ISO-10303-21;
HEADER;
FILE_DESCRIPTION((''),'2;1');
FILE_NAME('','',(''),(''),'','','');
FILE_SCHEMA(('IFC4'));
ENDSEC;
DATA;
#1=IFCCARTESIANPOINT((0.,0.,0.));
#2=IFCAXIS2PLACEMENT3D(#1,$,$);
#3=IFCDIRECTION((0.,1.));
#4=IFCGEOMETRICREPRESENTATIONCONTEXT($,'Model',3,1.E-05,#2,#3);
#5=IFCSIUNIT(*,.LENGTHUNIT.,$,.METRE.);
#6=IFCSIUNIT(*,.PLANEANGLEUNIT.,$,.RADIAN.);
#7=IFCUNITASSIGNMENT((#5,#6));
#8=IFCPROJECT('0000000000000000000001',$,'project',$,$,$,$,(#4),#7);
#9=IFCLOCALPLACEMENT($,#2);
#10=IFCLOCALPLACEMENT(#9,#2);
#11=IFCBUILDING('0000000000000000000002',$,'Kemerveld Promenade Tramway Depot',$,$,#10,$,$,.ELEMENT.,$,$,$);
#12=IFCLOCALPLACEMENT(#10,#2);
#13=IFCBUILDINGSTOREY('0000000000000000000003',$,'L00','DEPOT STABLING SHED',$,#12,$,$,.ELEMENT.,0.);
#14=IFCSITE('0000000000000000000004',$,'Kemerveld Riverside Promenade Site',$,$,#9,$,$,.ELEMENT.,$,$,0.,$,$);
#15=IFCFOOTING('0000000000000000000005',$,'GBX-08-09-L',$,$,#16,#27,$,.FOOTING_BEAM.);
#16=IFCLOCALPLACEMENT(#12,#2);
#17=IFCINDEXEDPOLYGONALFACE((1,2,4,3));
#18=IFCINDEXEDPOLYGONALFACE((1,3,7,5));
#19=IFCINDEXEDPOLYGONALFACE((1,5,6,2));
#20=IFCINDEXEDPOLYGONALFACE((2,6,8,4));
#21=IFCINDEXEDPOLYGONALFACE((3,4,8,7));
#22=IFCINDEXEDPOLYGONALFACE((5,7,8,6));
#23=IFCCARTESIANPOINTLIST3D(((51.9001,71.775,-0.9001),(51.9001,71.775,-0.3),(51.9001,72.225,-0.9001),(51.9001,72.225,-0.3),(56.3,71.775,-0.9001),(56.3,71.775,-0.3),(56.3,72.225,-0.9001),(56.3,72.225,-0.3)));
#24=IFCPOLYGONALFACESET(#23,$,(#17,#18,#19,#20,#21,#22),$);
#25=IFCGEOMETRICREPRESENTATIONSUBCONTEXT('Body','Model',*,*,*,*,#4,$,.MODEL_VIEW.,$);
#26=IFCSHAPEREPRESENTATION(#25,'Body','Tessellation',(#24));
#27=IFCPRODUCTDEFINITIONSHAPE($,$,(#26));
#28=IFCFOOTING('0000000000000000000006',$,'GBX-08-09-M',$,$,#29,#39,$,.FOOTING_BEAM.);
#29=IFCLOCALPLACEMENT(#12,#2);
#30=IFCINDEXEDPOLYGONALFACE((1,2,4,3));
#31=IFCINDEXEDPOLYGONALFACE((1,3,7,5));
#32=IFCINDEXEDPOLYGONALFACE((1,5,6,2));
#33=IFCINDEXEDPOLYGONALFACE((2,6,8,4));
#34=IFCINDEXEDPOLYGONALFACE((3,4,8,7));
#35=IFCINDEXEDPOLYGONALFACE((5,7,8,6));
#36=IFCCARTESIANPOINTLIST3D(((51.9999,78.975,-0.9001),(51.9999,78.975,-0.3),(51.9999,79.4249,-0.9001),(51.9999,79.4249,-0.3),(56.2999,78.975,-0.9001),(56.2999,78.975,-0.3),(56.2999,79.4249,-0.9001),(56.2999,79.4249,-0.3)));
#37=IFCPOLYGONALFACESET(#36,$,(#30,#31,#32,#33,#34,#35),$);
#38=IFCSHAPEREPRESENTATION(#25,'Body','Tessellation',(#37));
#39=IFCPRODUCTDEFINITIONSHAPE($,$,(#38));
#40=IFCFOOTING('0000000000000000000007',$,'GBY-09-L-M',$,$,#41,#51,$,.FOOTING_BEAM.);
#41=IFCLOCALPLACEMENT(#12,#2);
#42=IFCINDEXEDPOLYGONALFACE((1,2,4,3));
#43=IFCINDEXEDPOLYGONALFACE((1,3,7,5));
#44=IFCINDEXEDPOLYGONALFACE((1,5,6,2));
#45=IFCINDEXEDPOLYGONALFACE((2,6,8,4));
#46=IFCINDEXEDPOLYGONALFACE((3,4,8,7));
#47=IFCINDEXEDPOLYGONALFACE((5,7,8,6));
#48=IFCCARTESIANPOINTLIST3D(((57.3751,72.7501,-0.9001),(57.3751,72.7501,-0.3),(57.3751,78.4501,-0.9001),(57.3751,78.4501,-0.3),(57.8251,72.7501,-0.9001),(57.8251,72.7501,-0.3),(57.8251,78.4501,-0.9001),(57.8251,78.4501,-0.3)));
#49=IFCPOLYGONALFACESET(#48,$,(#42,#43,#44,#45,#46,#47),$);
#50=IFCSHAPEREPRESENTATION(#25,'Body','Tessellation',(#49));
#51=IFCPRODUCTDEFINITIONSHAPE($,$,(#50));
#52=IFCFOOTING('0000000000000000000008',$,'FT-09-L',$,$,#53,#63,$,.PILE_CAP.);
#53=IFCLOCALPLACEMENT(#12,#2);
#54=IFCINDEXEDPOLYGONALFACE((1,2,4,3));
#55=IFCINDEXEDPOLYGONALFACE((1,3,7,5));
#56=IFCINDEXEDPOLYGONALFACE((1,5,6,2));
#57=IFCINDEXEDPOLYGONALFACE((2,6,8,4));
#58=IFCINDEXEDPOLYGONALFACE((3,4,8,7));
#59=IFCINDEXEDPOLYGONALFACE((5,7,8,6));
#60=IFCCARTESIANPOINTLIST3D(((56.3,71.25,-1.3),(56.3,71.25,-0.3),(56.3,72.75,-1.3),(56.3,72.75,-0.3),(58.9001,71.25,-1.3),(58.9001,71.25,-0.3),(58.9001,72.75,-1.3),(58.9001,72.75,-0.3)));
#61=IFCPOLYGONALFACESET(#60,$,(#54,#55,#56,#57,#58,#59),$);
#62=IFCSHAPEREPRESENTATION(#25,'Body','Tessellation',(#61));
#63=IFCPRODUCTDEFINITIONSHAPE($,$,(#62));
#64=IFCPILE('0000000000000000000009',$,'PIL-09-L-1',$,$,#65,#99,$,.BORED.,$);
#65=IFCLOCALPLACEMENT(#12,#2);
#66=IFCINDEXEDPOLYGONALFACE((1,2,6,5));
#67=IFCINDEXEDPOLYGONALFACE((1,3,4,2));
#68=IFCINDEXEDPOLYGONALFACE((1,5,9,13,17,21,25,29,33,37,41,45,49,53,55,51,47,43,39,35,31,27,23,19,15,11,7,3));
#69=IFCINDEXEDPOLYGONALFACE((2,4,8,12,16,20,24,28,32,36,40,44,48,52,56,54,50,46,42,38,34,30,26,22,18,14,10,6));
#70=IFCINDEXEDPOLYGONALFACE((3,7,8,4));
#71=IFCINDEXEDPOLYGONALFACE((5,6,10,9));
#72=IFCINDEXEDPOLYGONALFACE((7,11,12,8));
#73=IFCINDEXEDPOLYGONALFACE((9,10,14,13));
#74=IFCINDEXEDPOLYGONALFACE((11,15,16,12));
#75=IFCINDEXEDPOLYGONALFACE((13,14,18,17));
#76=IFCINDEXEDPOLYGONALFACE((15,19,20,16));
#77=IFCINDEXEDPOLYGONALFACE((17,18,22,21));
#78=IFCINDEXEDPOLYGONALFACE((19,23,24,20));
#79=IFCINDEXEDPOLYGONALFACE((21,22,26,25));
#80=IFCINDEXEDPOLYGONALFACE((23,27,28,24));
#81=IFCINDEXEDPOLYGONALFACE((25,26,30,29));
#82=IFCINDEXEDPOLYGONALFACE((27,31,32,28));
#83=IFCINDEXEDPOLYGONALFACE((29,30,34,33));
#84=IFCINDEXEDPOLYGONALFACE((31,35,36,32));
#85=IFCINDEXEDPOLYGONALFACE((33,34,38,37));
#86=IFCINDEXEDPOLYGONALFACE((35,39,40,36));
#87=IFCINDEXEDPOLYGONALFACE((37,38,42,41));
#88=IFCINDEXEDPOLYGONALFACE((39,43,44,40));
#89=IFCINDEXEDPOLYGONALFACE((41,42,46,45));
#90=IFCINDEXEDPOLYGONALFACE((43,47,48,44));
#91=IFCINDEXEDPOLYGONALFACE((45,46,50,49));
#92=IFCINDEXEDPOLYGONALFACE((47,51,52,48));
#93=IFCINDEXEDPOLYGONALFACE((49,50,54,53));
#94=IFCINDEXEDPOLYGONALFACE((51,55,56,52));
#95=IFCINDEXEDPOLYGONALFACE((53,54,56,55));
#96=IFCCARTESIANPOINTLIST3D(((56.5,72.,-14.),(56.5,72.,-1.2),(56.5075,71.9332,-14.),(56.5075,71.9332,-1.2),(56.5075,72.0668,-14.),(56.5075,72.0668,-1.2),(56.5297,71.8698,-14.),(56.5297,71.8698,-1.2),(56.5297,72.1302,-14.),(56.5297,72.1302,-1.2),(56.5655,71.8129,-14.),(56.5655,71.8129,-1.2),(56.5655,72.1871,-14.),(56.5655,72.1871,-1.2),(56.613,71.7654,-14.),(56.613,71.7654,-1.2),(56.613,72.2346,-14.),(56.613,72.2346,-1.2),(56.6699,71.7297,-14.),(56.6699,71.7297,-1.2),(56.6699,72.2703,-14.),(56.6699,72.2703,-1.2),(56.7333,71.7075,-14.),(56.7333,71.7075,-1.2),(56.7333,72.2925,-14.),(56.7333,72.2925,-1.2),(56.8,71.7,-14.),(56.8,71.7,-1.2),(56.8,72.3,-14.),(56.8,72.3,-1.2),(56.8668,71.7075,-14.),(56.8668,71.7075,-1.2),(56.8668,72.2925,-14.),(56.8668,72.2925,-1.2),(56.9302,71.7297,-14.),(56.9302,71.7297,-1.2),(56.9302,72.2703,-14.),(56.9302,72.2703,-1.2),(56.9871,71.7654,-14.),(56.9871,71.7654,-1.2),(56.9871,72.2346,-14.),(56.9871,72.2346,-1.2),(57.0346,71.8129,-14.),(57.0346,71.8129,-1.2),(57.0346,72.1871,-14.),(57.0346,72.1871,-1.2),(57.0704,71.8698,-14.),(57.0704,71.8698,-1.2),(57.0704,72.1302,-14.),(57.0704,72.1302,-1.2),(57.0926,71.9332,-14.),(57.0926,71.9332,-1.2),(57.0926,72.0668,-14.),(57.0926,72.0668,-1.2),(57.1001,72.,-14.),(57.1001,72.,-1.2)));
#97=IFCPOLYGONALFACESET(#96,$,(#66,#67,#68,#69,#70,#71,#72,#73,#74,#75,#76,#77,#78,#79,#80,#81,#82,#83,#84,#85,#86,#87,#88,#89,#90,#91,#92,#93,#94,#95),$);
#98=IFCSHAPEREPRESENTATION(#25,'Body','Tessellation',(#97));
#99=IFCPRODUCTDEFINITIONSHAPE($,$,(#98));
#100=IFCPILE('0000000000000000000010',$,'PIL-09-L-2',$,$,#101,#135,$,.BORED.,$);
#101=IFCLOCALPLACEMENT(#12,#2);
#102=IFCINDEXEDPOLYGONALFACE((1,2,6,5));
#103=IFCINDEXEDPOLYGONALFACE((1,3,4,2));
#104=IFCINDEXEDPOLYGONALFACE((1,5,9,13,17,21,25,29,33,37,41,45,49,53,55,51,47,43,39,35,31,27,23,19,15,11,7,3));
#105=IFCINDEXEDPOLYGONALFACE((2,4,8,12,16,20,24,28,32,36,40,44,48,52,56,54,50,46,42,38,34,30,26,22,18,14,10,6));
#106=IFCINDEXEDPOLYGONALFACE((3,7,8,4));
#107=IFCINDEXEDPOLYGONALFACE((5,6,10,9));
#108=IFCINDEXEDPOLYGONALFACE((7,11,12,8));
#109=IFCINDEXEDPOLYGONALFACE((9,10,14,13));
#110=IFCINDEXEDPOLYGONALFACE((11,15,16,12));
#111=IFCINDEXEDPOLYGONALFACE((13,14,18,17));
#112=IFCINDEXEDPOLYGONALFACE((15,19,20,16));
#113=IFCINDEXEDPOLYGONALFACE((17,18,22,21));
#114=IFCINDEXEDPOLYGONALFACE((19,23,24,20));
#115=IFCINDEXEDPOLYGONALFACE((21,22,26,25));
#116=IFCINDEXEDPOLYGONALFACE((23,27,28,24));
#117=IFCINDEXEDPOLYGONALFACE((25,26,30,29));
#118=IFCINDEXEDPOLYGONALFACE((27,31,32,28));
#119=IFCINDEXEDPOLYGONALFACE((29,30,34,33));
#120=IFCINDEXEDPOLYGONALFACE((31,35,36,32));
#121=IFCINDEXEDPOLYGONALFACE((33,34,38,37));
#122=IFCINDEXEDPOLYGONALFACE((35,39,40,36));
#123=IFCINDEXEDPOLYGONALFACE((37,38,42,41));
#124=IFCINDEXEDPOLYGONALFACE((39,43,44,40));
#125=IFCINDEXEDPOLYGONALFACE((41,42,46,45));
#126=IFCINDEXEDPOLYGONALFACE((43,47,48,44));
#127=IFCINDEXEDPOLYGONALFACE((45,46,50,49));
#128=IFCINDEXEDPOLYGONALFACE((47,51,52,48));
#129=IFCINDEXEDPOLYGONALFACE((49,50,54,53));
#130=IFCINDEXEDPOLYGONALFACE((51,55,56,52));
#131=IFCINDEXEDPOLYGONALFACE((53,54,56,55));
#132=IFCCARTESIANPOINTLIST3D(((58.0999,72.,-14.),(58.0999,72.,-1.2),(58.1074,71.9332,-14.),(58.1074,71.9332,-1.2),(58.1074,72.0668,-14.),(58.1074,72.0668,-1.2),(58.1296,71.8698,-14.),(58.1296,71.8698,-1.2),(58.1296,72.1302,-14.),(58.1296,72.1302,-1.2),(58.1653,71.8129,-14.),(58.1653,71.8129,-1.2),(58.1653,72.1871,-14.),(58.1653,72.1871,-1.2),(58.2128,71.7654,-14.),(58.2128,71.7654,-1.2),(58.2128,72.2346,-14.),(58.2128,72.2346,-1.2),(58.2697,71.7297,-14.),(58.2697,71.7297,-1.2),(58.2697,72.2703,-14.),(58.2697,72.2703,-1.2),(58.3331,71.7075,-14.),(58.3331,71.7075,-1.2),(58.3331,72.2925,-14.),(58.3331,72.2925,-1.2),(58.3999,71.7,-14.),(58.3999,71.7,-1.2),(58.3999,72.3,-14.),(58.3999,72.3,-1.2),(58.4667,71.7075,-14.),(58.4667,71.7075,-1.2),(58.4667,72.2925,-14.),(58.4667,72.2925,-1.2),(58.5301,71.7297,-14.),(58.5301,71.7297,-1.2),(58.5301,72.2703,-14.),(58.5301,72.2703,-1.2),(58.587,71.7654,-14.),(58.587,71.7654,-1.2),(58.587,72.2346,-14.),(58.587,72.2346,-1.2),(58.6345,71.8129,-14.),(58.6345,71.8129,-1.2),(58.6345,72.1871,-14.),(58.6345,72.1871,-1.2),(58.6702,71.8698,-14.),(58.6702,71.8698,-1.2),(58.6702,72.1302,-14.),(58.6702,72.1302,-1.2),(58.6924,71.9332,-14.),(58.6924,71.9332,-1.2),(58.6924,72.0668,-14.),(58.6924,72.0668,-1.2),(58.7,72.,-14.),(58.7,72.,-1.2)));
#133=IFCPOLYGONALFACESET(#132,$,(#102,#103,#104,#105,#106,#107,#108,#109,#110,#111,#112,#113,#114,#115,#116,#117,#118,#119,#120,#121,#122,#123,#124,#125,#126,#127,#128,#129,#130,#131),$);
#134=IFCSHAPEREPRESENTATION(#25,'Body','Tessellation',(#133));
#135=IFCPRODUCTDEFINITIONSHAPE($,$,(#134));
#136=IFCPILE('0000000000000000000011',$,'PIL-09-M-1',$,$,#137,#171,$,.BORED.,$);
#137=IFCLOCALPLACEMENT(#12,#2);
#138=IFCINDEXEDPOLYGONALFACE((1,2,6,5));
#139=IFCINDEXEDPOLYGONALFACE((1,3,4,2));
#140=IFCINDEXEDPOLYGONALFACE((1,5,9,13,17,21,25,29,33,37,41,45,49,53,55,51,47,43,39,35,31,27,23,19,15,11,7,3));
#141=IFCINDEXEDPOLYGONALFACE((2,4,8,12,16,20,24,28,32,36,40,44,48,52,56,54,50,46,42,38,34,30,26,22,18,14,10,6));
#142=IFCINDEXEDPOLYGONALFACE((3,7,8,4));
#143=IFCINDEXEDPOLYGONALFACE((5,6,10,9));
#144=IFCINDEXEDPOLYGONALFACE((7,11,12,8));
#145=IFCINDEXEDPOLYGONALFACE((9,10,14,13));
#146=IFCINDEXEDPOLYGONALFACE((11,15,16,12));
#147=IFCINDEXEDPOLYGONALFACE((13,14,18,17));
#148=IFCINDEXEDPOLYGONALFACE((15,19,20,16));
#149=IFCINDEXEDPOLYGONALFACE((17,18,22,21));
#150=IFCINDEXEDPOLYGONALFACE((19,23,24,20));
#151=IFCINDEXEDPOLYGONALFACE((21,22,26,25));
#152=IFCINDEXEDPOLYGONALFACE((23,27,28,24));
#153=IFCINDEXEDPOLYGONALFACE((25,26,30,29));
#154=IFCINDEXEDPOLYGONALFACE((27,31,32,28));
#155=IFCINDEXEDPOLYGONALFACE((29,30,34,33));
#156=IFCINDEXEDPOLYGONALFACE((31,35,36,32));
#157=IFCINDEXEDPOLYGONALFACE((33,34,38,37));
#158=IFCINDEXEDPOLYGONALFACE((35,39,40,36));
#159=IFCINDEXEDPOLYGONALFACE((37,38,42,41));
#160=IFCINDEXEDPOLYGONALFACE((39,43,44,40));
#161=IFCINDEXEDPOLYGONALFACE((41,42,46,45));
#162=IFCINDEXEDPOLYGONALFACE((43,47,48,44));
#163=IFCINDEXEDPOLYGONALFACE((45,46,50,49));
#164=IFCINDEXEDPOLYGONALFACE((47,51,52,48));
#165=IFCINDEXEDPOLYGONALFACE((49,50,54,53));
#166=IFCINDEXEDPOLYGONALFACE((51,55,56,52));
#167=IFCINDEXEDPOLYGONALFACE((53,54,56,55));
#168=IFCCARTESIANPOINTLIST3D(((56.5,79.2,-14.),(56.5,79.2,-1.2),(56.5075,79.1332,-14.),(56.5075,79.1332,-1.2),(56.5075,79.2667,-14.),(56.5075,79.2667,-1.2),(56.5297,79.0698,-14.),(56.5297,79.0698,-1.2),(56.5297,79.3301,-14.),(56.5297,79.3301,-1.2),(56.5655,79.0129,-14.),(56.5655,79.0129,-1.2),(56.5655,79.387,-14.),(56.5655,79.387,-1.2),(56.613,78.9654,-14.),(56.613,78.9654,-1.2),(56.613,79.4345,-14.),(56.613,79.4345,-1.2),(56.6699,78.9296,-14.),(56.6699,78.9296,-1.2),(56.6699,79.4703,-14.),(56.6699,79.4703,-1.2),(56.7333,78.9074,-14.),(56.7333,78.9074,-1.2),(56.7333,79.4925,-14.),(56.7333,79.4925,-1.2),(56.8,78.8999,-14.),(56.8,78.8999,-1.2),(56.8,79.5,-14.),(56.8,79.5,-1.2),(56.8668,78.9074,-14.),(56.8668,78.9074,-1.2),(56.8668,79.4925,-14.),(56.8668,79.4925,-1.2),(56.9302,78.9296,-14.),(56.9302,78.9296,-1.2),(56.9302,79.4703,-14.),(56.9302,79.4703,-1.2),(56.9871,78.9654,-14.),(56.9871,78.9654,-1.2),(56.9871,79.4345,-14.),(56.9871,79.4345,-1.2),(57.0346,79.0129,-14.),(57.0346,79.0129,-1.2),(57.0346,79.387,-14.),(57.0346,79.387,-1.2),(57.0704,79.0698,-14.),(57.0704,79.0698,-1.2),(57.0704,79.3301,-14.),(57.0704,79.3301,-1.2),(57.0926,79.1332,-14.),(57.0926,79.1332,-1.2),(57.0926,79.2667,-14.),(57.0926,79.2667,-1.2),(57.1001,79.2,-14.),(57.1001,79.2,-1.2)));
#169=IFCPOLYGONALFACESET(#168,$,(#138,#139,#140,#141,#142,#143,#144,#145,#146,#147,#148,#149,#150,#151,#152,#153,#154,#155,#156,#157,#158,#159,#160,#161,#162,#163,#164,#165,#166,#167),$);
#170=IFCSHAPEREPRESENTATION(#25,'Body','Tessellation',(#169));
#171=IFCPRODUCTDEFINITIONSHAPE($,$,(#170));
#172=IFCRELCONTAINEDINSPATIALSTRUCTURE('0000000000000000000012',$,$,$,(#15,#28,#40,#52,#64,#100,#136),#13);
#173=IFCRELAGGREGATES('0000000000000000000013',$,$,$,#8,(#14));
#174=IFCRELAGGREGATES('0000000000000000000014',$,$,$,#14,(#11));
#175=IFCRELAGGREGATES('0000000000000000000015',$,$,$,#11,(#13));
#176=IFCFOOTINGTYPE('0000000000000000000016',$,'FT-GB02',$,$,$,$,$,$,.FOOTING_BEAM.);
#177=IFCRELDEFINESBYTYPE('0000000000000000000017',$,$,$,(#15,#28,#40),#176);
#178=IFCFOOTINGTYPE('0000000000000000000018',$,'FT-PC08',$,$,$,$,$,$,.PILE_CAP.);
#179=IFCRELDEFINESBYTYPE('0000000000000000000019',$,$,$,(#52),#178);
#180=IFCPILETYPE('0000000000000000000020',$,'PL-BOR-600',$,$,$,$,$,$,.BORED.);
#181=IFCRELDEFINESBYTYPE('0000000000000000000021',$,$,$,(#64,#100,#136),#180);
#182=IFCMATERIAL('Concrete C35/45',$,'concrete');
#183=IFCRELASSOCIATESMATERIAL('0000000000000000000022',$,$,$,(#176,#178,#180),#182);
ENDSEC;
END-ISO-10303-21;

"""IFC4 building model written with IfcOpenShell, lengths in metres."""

from ifc_helpers import new_model, si_unit, direction, frame, origin, origin_2d, place, context, subcontext, project, spatial, rectangle, circle, extrude, material, material_profile, profile_set, type_object, element, save


model = new_model("IFC4")

# Units and contexts
model_context = context("Model", 3, precision=1e-05, world=origin(), true_north=direction((0.0, 1.0)))
body_context = subcontext(model_context, "Body", "Model", "MODEL_VIEW")
ifc_project = project(units=[si_unit("LENGTHUNIT", "METRE"), si_unit("PLANEANGLEUNIT", "RADIAN")], contexts=[model_context])

# Site, building, storey
site_placement = place(None, origin())
site = spatial("IfcSite", under=ifc_project, at=site_placement, Name="Kemerveld Riverside Promenade Site", CompositionType="ELEMENT", RefElevation=0.0)
building_placement = place(site_placement, origin())
building = spatial("IfcBuilding", under=site, at=building_placement, Name="Kemerveld Promenade Tramway Depot", CompositionType="ELEMENT")
storey_placement = place(building_placement, origin())
storey = spatial("IfcBuildingStorey", under=building, at=storey_placement, Name="L00", Description="DEPOT STABLING SHED", CompositionType="ELEMENT", Elevation=0.0)

# Footings
ifc_material_1 = material(Name="Concrete C35/45", Category="concrete")
footing_type_1 = type_object("IfcFootingType", Name="FT-GB02", PredefinedType="FOOTING_BEAM", material=ifc_material_1)
footing_1_placement = place(storey_placement, frame((54.1001, 72.0, -0.9001), z_axis=(0.0, 0.0, 1.0), x_axis=(1.0, 0.0, 0.0)))
element("IfcFooting", 1, at=footing_1_placement, inside=storey, type_object=footing_type_1, Name="GBX-08-09-L", PredefinedType="FOOTING_BEAM", context=body_context, shape_type="SweptSolid", body=[
    extrude(rectangle(XDim=4.3999, YDim=0.45, at=origin_2d()), origin(), (0.0, 0.0, 1.0), 0.6001),
])
footing_2_placement = place(storey_placement, frame((54.1499, 79.2, -0.9001), z_axis=(0.0, 0.0, 1.0), x_axis=(1.0, 0.0, 0.0)))
element("IfcFooting", 2, at=footing_2_placement, inside=storey, type_object=footing_type_1, Name="GBX-08-09-M", PredefinedType="FOOTING_BEAM", context=body_context, shape_type="SweptSolid", body=[
    extrude(rectangle(XDim=4.3, YDim=0.45, at=origin_2d()), origin(), (0.0, 0.0, 1.0), 0.6001),
])
footing_3_placement = place(storey_placement, frame((57.6001, 75.6001, -0.9001), z_axis=(0.0, 0.0, 1.0), x_axis=(0.0, 1.0, 0.0)))
element("IfcFooting", 3, at=footing_3_placement, inside=storey, type_object=footing_type_1, Name="GBY-09-L-M", PredefinedType="FOOTING_BEAM", context=body_context, shape_type="SweptSolid", body=[
    extrude(rectangle(XDim=5.7, YDim=0.45, at=origin_2d()), origin(), (0.0, 0.0, 1.0), 0.6001),
])
footing_type_2 = type_object("IfcFootingType", Name="FT-PC08", PredefinedType="PILE_CAP", material=ifc_material_1)
footing_4_placement = place(storey_placement, frame((57.6001, 72.0, -1.3), z_axis=(0.0, 0.0, 1.0), x_axis=(1.0, 0.0, 0.0)))
element("IfcFooting", 4, at=footing_4_placement, inside=storey, type_object=footing_type_2, Name="FT-09-L", PredefinedType="PILE_CAP", context=body_context, shape_type="SweptSolid", body=[
    extrude(rectangle(XDim=2.6001, YDim=1.5, at=origin_2d()), origin(), (0.0, 0.0, 1.0), 1.0),
])

# Piles
ifc_material_profile_1 = material_profile(ifc_material_1, circle(Radius=0.3, at=origin_2d()), Name="PILE-D600")
ifc_profile_set_1 = profile_set([ifc_material_profile_1], Name="Concrete C35/45")
pile_type = type_object("IfcPileType", Name="PL-BOR-600", PredefinedType="BORED", material=ifc_profile_set_1)
for number, where, z_axis, x_axis, name in (
    (5, (56.8, 72.0, -1.2), (0.0, 0.0, -1.0), (1.0, 0.0, 0.0), "PIL-09-L-1"),
    (6, (58.3999, 72.0, -1.2), (0.0, 0.0, -1.0), (1.0, 0.0, 0.0), "PIL-09-L-2"),
    (7, (56.8, 79.2, -1.2), (0.0, 0.0, -1.0), (1.0, 0.0, 0.0), "PIL-09-M-1"),
):
    element("IfcPile", number, at=place(storey_placement, frame(where, z_axis=z_axis, x_axis=x_axis)), inside=storey, type_object=pile_type, Name=name, PredefinedType="BORED", context=body_context, shape_type="SweptSolid", body=[
        extrude(circle(Radius=0.3, at=origin_2d()), origin(), (0.0, 0.0, 1.0), 12.8),
    ])

save(model, "model.ifc")
